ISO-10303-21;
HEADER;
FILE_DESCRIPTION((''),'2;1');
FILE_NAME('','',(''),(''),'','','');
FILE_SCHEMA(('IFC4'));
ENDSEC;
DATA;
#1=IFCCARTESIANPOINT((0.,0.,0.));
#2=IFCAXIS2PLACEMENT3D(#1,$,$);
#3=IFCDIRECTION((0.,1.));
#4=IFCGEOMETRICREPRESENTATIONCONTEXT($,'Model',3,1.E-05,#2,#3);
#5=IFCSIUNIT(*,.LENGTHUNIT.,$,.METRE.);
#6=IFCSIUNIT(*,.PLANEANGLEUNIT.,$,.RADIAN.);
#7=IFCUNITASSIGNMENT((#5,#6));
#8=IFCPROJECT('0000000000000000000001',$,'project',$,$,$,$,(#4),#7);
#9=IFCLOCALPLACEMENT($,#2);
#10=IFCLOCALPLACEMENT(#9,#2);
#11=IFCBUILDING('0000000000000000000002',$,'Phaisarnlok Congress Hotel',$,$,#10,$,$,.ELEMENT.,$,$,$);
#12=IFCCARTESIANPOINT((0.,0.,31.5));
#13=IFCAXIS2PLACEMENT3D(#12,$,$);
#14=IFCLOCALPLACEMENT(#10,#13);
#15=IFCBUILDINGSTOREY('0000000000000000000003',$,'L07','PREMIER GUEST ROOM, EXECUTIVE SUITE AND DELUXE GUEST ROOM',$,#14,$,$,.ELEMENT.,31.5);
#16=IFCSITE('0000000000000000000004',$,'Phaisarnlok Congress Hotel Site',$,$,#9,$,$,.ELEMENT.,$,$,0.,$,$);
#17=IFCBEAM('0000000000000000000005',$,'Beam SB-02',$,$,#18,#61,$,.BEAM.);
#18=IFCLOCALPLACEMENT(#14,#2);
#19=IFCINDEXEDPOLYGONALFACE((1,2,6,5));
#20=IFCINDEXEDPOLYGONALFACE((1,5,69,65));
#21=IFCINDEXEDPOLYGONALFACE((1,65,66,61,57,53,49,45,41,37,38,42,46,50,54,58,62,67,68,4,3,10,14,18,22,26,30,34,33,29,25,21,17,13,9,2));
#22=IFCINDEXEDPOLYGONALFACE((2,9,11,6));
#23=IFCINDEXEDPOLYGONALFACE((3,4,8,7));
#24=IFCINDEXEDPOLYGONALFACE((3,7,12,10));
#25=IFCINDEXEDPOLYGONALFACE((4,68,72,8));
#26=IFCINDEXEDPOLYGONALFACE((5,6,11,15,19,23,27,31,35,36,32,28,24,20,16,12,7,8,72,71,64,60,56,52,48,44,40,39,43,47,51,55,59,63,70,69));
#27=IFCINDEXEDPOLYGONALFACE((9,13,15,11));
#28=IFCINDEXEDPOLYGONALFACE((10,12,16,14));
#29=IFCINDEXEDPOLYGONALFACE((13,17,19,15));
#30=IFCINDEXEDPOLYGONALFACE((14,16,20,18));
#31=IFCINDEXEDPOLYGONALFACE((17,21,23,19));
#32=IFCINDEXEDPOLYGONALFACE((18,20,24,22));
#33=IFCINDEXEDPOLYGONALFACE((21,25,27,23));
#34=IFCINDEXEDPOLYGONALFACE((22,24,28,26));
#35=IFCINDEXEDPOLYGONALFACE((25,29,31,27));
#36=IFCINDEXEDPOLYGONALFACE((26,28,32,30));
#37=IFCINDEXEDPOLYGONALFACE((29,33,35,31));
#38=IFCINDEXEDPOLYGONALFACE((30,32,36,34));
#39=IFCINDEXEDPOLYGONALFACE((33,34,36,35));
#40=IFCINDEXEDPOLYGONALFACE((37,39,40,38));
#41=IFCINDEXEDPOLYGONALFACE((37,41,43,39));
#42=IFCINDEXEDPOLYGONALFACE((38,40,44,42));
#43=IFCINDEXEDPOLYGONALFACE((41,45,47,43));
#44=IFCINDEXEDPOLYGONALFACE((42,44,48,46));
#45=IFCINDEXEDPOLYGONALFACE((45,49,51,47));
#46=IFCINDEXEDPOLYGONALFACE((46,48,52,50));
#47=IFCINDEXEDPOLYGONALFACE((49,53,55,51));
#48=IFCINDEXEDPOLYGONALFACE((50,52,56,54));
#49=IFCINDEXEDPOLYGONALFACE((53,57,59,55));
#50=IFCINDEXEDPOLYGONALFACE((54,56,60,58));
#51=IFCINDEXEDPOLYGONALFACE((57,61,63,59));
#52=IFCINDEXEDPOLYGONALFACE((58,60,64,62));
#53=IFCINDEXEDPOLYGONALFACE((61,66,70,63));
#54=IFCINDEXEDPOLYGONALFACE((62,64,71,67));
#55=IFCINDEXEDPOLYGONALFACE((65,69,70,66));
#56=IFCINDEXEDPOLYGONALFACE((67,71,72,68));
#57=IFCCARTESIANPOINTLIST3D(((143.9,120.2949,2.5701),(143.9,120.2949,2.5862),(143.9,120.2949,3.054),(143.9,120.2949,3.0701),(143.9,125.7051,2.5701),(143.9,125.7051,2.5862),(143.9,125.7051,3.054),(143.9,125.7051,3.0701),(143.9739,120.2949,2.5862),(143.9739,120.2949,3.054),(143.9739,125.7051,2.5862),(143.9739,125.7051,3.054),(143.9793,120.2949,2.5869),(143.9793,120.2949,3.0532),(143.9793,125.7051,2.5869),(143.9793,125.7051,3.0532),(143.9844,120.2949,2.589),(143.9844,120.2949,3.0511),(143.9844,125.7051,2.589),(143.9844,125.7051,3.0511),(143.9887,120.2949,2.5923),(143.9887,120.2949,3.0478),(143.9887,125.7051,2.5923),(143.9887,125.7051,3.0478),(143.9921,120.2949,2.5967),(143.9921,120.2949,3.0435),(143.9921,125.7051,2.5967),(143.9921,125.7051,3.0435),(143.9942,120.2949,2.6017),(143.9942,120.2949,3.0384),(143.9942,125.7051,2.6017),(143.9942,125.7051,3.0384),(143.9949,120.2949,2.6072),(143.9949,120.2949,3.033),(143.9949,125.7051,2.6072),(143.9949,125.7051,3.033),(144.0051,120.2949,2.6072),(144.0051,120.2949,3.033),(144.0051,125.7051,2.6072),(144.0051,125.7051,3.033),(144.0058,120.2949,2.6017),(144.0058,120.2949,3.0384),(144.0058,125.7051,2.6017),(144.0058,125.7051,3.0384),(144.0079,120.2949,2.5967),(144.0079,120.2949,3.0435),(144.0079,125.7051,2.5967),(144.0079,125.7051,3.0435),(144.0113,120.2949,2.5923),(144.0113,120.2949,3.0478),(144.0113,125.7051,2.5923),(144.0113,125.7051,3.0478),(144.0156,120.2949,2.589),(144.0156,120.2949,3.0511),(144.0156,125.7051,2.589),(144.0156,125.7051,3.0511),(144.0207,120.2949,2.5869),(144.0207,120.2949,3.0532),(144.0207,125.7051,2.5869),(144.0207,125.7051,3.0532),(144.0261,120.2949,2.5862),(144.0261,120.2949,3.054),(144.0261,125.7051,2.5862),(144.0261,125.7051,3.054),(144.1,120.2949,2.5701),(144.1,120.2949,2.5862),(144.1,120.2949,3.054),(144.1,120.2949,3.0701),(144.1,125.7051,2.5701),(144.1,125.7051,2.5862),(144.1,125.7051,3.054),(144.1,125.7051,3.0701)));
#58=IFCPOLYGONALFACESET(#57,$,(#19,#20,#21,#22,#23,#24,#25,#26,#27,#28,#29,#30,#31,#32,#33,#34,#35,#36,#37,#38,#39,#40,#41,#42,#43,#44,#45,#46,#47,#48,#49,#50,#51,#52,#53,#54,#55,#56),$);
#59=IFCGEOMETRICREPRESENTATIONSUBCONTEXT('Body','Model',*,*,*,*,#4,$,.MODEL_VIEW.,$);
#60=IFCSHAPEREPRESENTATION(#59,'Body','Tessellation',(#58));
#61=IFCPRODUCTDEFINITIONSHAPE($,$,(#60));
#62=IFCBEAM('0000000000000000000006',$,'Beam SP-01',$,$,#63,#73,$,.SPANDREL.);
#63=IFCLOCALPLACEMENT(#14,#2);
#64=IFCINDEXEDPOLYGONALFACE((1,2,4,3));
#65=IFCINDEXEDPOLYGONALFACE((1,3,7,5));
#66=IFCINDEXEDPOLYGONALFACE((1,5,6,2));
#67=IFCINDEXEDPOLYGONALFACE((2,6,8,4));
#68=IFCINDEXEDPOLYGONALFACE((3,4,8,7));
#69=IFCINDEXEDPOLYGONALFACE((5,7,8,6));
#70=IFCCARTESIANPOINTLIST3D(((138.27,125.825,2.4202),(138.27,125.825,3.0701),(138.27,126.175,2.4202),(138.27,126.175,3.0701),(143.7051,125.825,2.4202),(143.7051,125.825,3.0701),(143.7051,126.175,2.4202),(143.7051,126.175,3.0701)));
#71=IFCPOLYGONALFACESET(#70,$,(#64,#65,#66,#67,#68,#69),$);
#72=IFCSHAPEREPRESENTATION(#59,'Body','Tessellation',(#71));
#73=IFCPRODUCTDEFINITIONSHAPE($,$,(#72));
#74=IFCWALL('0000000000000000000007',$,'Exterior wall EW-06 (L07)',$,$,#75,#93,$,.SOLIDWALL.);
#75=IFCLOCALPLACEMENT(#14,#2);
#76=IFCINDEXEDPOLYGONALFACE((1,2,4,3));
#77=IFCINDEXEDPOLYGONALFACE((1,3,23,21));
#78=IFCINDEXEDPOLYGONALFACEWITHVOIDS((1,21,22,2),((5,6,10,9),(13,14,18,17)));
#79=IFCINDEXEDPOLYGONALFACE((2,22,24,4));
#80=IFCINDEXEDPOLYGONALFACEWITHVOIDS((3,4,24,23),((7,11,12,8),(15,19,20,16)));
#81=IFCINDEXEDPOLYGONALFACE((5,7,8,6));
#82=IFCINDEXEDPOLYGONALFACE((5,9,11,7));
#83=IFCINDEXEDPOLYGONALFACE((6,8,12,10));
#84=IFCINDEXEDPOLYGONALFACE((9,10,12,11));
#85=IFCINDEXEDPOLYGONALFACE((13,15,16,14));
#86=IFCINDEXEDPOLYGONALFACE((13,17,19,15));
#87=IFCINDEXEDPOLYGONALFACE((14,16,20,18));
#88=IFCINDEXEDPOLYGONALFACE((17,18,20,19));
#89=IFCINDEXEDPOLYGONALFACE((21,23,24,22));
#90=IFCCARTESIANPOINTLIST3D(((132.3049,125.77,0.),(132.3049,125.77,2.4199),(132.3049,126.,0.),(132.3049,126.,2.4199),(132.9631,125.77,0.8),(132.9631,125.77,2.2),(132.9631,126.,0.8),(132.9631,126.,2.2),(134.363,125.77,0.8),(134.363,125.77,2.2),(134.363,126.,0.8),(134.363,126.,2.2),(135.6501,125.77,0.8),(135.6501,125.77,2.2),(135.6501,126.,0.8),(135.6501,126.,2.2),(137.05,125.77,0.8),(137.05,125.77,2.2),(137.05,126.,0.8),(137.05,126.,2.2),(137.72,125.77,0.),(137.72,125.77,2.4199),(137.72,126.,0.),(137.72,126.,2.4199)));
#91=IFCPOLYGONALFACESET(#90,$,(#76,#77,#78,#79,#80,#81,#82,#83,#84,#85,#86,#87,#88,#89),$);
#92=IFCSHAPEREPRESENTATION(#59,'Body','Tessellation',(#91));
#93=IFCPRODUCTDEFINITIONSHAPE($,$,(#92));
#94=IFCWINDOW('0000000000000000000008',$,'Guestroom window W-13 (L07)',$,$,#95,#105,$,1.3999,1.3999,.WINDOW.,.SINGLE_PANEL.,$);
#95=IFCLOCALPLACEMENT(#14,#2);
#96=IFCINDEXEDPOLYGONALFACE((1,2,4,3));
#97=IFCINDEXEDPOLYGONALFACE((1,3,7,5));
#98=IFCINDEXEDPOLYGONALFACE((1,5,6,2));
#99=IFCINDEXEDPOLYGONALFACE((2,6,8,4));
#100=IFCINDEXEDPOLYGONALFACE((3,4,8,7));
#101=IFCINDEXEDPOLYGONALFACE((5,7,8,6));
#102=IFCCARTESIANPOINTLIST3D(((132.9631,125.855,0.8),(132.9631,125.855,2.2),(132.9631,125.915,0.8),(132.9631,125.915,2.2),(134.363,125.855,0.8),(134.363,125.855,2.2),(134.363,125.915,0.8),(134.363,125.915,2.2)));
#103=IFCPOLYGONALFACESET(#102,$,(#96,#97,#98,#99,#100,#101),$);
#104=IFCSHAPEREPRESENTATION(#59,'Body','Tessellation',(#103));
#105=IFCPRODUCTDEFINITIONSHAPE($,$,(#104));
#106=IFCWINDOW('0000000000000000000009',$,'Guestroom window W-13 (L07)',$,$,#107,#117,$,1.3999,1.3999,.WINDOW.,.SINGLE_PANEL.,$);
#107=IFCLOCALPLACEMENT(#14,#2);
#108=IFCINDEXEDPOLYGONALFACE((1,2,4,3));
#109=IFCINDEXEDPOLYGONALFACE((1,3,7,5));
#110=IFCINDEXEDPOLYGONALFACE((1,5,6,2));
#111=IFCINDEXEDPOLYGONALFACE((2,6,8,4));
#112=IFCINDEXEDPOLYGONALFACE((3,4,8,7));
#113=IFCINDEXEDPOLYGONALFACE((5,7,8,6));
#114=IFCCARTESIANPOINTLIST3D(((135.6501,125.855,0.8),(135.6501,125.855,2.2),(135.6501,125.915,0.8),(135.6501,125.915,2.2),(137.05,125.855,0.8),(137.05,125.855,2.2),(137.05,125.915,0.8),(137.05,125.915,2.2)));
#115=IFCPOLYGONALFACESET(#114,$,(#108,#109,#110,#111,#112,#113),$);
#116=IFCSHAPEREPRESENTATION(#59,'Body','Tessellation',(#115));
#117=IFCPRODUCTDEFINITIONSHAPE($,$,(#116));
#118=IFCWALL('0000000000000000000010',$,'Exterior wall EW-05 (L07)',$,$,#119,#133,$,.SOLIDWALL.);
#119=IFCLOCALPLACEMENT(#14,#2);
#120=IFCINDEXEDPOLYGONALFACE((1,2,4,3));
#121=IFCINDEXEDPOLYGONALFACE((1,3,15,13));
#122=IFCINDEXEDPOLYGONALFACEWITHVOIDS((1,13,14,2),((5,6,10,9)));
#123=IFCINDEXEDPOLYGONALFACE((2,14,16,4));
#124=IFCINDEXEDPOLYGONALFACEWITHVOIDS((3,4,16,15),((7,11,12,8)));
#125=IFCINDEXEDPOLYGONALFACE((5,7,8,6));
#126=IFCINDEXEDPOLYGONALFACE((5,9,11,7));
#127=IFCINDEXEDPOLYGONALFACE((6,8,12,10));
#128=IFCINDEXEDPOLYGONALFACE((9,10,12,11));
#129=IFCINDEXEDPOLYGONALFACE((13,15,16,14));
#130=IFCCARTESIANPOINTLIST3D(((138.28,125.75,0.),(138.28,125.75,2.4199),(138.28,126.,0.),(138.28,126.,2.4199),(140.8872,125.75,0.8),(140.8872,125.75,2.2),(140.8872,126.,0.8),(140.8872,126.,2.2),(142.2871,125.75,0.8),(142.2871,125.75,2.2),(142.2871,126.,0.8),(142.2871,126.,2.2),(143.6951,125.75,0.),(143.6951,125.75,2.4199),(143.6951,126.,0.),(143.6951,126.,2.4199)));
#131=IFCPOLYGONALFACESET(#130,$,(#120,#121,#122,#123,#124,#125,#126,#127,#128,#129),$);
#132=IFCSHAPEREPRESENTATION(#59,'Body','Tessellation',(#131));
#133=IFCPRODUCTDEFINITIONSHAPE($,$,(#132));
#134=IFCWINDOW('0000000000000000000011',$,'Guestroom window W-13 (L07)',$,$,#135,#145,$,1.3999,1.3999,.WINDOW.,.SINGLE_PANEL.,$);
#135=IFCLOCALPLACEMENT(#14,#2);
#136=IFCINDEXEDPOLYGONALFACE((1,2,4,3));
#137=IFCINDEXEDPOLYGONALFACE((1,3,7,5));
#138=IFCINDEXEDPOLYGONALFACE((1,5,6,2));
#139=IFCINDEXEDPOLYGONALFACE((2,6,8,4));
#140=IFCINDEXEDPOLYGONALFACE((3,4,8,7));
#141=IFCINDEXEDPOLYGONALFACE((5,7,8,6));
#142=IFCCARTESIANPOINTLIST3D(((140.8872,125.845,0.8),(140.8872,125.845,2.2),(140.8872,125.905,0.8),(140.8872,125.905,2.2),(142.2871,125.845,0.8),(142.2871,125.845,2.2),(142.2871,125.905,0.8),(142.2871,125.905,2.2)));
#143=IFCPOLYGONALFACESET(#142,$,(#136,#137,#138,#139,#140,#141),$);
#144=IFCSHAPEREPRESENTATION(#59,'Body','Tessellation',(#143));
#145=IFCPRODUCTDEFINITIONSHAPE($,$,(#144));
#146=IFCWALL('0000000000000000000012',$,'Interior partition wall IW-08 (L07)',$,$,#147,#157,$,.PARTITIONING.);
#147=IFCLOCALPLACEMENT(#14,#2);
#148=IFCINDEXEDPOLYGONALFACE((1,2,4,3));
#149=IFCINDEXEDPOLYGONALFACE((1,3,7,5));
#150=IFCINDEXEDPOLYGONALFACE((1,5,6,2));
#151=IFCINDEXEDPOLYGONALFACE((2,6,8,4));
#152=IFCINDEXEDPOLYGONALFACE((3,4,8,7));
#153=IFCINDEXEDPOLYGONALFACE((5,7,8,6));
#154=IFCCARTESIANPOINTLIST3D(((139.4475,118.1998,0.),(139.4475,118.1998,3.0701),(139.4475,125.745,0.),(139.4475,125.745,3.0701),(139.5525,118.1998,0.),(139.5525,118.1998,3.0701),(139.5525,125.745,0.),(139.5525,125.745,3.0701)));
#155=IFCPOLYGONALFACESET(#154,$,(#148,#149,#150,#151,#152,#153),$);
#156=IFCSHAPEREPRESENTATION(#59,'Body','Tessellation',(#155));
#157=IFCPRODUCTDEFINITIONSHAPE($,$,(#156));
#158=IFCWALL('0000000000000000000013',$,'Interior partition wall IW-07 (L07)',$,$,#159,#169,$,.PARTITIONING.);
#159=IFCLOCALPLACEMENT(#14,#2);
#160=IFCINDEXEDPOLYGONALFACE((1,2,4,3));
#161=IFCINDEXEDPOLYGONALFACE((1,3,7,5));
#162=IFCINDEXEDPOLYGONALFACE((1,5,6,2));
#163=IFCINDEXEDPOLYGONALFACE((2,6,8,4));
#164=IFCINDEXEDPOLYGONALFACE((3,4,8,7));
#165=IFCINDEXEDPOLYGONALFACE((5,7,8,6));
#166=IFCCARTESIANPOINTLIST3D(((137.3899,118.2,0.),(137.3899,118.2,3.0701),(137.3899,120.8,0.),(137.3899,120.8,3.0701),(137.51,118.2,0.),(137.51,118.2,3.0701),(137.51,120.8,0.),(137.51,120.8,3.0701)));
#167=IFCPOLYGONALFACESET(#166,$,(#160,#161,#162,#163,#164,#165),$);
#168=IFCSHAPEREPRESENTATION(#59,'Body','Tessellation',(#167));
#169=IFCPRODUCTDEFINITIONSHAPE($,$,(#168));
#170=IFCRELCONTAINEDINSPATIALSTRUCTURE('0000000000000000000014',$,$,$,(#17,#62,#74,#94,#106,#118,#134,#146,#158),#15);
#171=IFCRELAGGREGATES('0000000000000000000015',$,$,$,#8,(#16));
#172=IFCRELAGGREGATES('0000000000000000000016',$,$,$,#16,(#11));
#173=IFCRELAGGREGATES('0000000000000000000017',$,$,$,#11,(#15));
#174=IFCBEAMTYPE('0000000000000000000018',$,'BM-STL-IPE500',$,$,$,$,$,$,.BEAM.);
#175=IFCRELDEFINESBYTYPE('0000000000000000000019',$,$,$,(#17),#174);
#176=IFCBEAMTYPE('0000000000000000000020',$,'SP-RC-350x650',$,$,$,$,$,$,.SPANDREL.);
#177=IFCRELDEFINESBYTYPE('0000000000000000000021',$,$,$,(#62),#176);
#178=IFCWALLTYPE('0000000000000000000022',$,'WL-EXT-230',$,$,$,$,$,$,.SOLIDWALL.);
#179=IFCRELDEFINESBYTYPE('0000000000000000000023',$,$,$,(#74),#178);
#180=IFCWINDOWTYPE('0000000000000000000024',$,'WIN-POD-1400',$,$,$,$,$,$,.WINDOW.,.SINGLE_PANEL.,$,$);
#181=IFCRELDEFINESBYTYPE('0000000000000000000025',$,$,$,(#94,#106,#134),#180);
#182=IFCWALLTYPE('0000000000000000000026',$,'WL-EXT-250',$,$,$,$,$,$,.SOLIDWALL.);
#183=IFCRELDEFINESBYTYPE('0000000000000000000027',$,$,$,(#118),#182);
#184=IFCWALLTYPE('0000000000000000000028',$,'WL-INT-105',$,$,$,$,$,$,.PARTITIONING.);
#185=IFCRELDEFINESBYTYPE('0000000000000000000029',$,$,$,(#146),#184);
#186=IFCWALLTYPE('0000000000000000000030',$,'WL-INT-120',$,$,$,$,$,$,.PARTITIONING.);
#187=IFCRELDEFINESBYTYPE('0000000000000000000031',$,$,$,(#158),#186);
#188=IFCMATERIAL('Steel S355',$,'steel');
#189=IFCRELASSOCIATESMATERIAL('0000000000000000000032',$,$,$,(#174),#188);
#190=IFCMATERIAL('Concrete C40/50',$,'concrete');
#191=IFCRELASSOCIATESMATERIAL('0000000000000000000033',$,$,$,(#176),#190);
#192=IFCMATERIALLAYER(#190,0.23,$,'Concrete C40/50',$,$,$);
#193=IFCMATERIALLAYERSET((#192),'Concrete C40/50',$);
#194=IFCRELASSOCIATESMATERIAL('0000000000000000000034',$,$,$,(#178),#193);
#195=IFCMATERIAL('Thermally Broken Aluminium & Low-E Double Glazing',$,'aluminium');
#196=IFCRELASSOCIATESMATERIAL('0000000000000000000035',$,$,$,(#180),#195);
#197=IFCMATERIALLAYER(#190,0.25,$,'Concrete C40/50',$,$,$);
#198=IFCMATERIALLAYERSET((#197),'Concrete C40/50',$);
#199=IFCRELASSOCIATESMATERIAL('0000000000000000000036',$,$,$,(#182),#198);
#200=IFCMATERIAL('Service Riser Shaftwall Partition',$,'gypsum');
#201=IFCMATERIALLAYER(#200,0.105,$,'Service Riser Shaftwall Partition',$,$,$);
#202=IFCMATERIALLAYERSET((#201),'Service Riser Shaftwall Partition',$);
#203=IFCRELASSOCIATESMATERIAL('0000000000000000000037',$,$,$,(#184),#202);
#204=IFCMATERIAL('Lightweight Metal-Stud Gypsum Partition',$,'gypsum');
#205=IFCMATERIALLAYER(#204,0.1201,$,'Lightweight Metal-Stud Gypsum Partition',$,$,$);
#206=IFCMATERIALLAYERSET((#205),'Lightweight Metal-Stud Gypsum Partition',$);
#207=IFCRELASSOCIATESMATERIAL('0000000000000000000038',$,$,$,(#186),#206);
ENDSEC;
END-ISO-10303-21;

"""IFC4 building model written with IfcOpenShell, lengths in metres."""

from ifc_helpers import new_model, si_unit, direction, frame, frame_2d, origin, origin_2d, place, context, subcontext, project, spatial, rectangle, i_section, extrude, material, layer, layer_set, material_profile, profile_set, type_object, element, fill, save


model = new_model("IFC4")

# Units and contexts
model_context = context("Model", 3, precision=1e-05, world=origin(), true_north=direction((0.0, 1.0)))
body_context = subcontext(model_context, "Body", "Model", "MODEL_VIEW")
ifc_project = project(units=[si_unit("LENGTHUNIT", "METRE"), si_unit("PLANEANGLEUNIT", "RADIAN")], contexts=[model_context])

# Site, building, storey
site_placement = place(None, origin())
site = spatial("IfcSite", under=ifc_project, at=site_placement, Name="Phaisarnlok Congress Hotel Site", CompositionType="ELEMENT", RefElevation=0.0)
building_placement = place(site_placement, origin())
building = spatial("IfcBuilding", under=site, at=building_placement, Name="Phaisarnlok Congress Hotel", CompositionType="ELEMENT")
storey_placement = place(building_placement, frame((0.0, 0.0, 31.5)))
storey = spatial("IfcBuildingStorey", under=building, at=storey_placement, Name="L07", Description="PREMIER GUEST ROOM, EXECUTIVE SUITE AND DELUXE GUEST ROOM", CompositionType="ELEMENT", Elevation=31.5)

# Beams
ifc_material_1 = material(Name="Concrete C40/50", Category="concrete")
ifc_material_2 = material(Name="Steel S355", Category="steel")
ifc_material_profile_1 = material_profile(ifc_material_2, i_section(OverallWidth=0.2, OverallDepth=0.5, WebThickness=0.0103, FlangeThickness=0.0161, FilletRadius=0.021, at=origin_2d()), Name="IPE 500")
ifc_profile_set_1 = profile_set([ifc_material_profile_1], Name="Steel S355")
beam_type_1 = type_object("IfcBeamType", Name="BM-STL-IPE500", PredefinedType="BEAM", material=ifc_profile_set_1)
beam_1_placement = place(storey_placement, frame((144.0, 120.2949, 2.8201), z_axis=(0.0, 1.0, 0.0), x_axis=(-1.0, 0.0, 0.0)))
element("IfcBeam", 1, at=beam_1_placement, inside=storey, type_object=beam_type_1, Name="Beam SB-02", PredefinedType="BEAM", context=body_context, shape_type="SweptSolid", body=[
    extrude(i_section(OverallWidth=0.2, OverallDepth=0.5, WebThickness=0.0103, FlangeThickness=0.0161, FilletRadius=0.021, at=origin_2d()), origin(), (0.0, 0.0, 1.0), 5.4102),
])
ifc_material_profile_2 = material_profile(ifc_material_1, rectangle(XDim=0.3501, YDim=0.6499, at=origin_2d()), Name="RC 350x650")
ifc_profile_set_2 = profile_set([ifc_material_profile_2], Name="Concrete C40/50")
beam_type_2 = type_object("IfcBeamType", Name="SP-RC-350x650", PredefinedType="SPANDREL", material=ifc_profile_set_2)
beam_2_placement = place(storey_placement, frame((138.27, 126.0, 2.7451), z_axis=(1.0, 0.0, 0.0), x_axis=(0.0, 1.0, 0.0)))
element("IfcBeam", 2, at=beam_2_placement, inside=storey, type_object=beam_type_2, Name="Beam SP-01", PredefinedType="SPANDREL", context=body_context, shape_type="SweptSolid", body=[
    extrude(rectangle(XDim=0.3501, YDim=0.6499, at=origin_2d()), origin(), (0.0, 0.0, 1.0), 5.4351),
])

# Wall, openings, windows
ifc_layer_1 = layer(ifc_material_1, 0.23, Name="Concrete C40/50")
ifc_layer_set_1 = layer_set([ifc_layer_1], Name="Concrete C40/50")
wall_type_1 = type_object("IfcWallType", Name="WL-EXT-230", PredefinedType="SOLIDWALL", material=ifc_layer_set_1)
wall_1_placement = place(storey_placement, frame((137.72, 125.885, 0.0), z_axis=(0.0, 0.0, 1.0), x_axis=(-1.0, 0.0, 0.0)))
wall_1 = element("IfcWall", 3, at=wall_1_placement, inside=storey, type_object=wall_type_1, Name="Exterior wall EW-06 (L07)", PredefinedType="SOLIDWALL", context=body_context, shape_type="SweptSolid", body=[
    extrude(rectangle(XDim=5.415, YDim=0.23, at=frame_2d((2.7075, 0.0))), origin(), (0.0, 0.0, 1.0), 2.4199),
])
opening_1_placement = place(wall_1_placement, frame((3.3569, 0.0, 0.8)))
opening_1 = element("IfcOpeningElement", 4, at=opening_1_placement, cuts=wall_1, PredefinedType="OPENING", context=body_context, shape_type="SweptSolid", body=[
    extrude(rectangle(XDim=1.3999, YDim=1.3999, at=frame_2d((0.7, 0.7))), frame((0.0, 0.125, 0.0), z_axis=(0.0, -1.0, 0.0), x_axis=(1.0, 0.0, 0.0)), (0.0, 0.0, 1.0), 0.25),
])
opening_2_placement = place(wall_1_placement, frame((0.6699, 0.0, 0.8)))
opening_2 = element("IfcOpeningElement", 5, at=opening_2_placement, cuts=wall_1, PredefinedType="OPENING", context=body_context, shape_type="SweptSolid", body=[
    extrude(rectangle(XDim=1.3999, YDim=1.3999, at=frame_2d((0.7, 0.7))), frame((0.0, 0.125, 0.0), z_axis=(0.0, -1.0, 0.0), x_axis=(1.0, 0.0, 0.0)), (0.0, 0.0, 1.0), 0.25),
])
ifc_material_3 = material(Name="Thermally Broken Aluminium & Low-E Double Glazing", Category="aluminium")
window_type = type_object("IfcWindowType", Name="WIN-POD-1400", PartitioningType="SINGLE_PANEL", PredefinedType="WINDOW", material=ifc_material_3)
window_1_placement = place(opening_1_placement, origin())
window_1 = element("IfcWindow", 6, at=window_1_placement, inside=storey, type_object=window_type, Name="Guestroom window W-13 (L07)", OverallHeight=1.3999, OverallWidth=1.3999, PartitioningType="SINGLE_PANEL", PredefinedType="WINDOW", context=body_context, shape_type="SweptSolid", body=[
    extrude(rectangle(XDim=1.3999, YDim=1.3999, at=frame_2d((0.7, 0.7))), frame((0.0, 0.03, 0.0), z_axis=(0.0, -1.0, 0.0), x_axis=(1.0, 0.0, 0.0)), (0.0, 0.0, 1.0), 0.0601),
])
fill(opening_1, window_1)
window_2_placement = place(opening_2_placement, origin())
window_2 = element("IfcWindow", 7, at=window_2_placement, inside=storey, type_object=window_type, Name="Guestroom window W-13 (L07)", OverallHeight=1.3999, OverallWidth=1.3999, PartitioningType="SINGLE_PANEL", PredefinedType="WINDOW", context=body_context, shape_type="SweptSolid", body=[
    extrude(rectangle(XDim=1.3999, YDim=1.3999, at=frame_2d((0.7, 0.7))), frame((0.0, 0.03, 0.0), z_axis=(0.0, -1.0, 0.0), x_axis=(1.0, 0.0, 0.0)), (0.0, 0.0, 1.0), 0.0601),
])
fill(opening_2, window_2)

# Wall, opening, window
ifc_layer_2 = layer(ifc_material_1, 0.25, Name="Concrete C40/50")
ifc_layer_set_2 = layer_set([ifc_layer_2], Name="Concrete C40/50")
wall_type_2 = type_object("IfcWallType", Name="WL-EXT-250", PredefinedType="SOLIDWALL", material=ifc_layer_set_2)
wall_2_placement = place(storey_placement, frame((143.6951, 125.875, 0.0), z_axis=(0.0, 0.0, 1.0), x_axis=(-1.0, 0.0, 0.0)))
wall_2 = element("IfcWall", 8, at=wall_2_placement, inside=storey, type_object=wall_type_2, Name="Exterior wall EW-05 (L07)", PredefinedType="SOLIDWALL", context=body_context, shape_type="SweptSolid", body=[
    extrude(rectangle(XDim=5.415, YDim=0.25, at=frame_2d((2.7075, 0.0))), origin(), (0.0, 0.0, 1.0), 2.4199),
])
opening_3_placement = place(wall_2_placement, frame((1.408, 0.0, 0.8)))
opening_3 = element("IfcOpeningElement", 9, at=opening_3_placement, cuts=wall_2, PredefinedType="OPENING", context=body_context, shape_type="SweptSolid", body=[
    extrude(rectangle(XDim=1.3999, YDim=1.3999, at=frame_2d((0.7, 0.7))), frame((0.0, 0.135, 0.0), z_axis=(0.0, -1.0, 0.0), x_axis=(1.0, 0.0, 0.0)), (0.0, 0.0, 1.0), 0.27),
])
window_3_placement = place(opening_3_placement, origin())
window_3 = element("IfcWindow", 10, at=window_3_placement, inside=storey, type_object=window_type, Name="Guestroom window W-13 (L07)", OverallHeight=1.3999, OverallWidth=1.3999, PartitioningType="SINGLE_PANEL", PredefinedType="WINDOW", context=body_context, shape_type="SweptSolid", body=[
    extrude(rectangle(XDim=1.3999, YDim=1.3999, at=frame_2d((0.7, 0.7))), frame((0.0, 0.03, 0.0), z_axis=(0.0, -1.0, 0.0), x_axis=(1.0, 0.0, 0.0)), (0.0, 0.0, 1.0), 0.0601),
])
fill(opening_3, window_3)

# Walls
ifc_material_4 = material(Name="Service Riser Shaftwall Partition", Category="gypsum")
ifc_layer_3 = layer(ifc_material_4, 0.105, Name="Service Riser Shaftwall Partition")
ifc_layer_set_3 = layer_set([ifc_layer_3], Name="Service Riser Shaftwall Partition")
wall_type_3 = type_object("IfcWallType", Name="WL-INT-105", PredefinedType="PARTITIONING", material=ifc_layer_set_3)
wall_3_placement = place(storey_placement, frame((139.5, 118.2, 0.0), z_axis=(0.0, 0.0, 1.0), x_axis=(0.0, 1.0, 0.0)))
element("IfcWall", 11, at=wall_3_placement, inside=storey, type_object=wall_type_3, Name="Interior partition wall IW-08 (L07)", PredefinedType="PARTITIONING", context=body_context, shape_type="SweptSolid", body=[
    extrude(rectangle(XDim=7.5452, YDim=0.105, at=frame_2d((3.7725, 0.0))), origin(), (0.0, 0.0, 1.0), 3.0701),
])
ifc_material_5 = material(Name="Lightweight Metal-Stud Gypsum Partition", Category="gypsum")
ifc_layer_4 = layer(ifc_material_5, 0.1201, Name="Lightweight Metal-Stud Gypsum Partition")
ifc_layer_set_4 = layer_set([ifc_layer_4], Name="Lightweight Metal-Stud Gypsum Partition")
wall_type_4 = type_object("IfcWallType", Name="WL-INT-120", PredefinedType="PARTITIONING", material=ifc_layer_set_4)
for number, where, z_axis, x_axis, name in (
    (12, (137.45, 118.2, 0.0), (0.0, 0.0, 1.0), (0.0, 1.0, 0.0), "Interior partition wall IW-07 (L07)"),
):
    element("IfcWall", number, at=place(storey_placement, frame(where, z_axis=z_axis, x_axis=x_axis)), inside=storey, type_object=wall_type_4, Name=name, PredefinedType="PARTITIONING", context=body_context, shape_type="SweptSolid", body=[
        extrude(rectangle(XDim=2.6001, YDim=0.1201, at=frame_2d((1.3, 0.0))), origin(), (0.0, 0.0, 1.0), 3.0701),
    ])

save(model, "model.ifc")
